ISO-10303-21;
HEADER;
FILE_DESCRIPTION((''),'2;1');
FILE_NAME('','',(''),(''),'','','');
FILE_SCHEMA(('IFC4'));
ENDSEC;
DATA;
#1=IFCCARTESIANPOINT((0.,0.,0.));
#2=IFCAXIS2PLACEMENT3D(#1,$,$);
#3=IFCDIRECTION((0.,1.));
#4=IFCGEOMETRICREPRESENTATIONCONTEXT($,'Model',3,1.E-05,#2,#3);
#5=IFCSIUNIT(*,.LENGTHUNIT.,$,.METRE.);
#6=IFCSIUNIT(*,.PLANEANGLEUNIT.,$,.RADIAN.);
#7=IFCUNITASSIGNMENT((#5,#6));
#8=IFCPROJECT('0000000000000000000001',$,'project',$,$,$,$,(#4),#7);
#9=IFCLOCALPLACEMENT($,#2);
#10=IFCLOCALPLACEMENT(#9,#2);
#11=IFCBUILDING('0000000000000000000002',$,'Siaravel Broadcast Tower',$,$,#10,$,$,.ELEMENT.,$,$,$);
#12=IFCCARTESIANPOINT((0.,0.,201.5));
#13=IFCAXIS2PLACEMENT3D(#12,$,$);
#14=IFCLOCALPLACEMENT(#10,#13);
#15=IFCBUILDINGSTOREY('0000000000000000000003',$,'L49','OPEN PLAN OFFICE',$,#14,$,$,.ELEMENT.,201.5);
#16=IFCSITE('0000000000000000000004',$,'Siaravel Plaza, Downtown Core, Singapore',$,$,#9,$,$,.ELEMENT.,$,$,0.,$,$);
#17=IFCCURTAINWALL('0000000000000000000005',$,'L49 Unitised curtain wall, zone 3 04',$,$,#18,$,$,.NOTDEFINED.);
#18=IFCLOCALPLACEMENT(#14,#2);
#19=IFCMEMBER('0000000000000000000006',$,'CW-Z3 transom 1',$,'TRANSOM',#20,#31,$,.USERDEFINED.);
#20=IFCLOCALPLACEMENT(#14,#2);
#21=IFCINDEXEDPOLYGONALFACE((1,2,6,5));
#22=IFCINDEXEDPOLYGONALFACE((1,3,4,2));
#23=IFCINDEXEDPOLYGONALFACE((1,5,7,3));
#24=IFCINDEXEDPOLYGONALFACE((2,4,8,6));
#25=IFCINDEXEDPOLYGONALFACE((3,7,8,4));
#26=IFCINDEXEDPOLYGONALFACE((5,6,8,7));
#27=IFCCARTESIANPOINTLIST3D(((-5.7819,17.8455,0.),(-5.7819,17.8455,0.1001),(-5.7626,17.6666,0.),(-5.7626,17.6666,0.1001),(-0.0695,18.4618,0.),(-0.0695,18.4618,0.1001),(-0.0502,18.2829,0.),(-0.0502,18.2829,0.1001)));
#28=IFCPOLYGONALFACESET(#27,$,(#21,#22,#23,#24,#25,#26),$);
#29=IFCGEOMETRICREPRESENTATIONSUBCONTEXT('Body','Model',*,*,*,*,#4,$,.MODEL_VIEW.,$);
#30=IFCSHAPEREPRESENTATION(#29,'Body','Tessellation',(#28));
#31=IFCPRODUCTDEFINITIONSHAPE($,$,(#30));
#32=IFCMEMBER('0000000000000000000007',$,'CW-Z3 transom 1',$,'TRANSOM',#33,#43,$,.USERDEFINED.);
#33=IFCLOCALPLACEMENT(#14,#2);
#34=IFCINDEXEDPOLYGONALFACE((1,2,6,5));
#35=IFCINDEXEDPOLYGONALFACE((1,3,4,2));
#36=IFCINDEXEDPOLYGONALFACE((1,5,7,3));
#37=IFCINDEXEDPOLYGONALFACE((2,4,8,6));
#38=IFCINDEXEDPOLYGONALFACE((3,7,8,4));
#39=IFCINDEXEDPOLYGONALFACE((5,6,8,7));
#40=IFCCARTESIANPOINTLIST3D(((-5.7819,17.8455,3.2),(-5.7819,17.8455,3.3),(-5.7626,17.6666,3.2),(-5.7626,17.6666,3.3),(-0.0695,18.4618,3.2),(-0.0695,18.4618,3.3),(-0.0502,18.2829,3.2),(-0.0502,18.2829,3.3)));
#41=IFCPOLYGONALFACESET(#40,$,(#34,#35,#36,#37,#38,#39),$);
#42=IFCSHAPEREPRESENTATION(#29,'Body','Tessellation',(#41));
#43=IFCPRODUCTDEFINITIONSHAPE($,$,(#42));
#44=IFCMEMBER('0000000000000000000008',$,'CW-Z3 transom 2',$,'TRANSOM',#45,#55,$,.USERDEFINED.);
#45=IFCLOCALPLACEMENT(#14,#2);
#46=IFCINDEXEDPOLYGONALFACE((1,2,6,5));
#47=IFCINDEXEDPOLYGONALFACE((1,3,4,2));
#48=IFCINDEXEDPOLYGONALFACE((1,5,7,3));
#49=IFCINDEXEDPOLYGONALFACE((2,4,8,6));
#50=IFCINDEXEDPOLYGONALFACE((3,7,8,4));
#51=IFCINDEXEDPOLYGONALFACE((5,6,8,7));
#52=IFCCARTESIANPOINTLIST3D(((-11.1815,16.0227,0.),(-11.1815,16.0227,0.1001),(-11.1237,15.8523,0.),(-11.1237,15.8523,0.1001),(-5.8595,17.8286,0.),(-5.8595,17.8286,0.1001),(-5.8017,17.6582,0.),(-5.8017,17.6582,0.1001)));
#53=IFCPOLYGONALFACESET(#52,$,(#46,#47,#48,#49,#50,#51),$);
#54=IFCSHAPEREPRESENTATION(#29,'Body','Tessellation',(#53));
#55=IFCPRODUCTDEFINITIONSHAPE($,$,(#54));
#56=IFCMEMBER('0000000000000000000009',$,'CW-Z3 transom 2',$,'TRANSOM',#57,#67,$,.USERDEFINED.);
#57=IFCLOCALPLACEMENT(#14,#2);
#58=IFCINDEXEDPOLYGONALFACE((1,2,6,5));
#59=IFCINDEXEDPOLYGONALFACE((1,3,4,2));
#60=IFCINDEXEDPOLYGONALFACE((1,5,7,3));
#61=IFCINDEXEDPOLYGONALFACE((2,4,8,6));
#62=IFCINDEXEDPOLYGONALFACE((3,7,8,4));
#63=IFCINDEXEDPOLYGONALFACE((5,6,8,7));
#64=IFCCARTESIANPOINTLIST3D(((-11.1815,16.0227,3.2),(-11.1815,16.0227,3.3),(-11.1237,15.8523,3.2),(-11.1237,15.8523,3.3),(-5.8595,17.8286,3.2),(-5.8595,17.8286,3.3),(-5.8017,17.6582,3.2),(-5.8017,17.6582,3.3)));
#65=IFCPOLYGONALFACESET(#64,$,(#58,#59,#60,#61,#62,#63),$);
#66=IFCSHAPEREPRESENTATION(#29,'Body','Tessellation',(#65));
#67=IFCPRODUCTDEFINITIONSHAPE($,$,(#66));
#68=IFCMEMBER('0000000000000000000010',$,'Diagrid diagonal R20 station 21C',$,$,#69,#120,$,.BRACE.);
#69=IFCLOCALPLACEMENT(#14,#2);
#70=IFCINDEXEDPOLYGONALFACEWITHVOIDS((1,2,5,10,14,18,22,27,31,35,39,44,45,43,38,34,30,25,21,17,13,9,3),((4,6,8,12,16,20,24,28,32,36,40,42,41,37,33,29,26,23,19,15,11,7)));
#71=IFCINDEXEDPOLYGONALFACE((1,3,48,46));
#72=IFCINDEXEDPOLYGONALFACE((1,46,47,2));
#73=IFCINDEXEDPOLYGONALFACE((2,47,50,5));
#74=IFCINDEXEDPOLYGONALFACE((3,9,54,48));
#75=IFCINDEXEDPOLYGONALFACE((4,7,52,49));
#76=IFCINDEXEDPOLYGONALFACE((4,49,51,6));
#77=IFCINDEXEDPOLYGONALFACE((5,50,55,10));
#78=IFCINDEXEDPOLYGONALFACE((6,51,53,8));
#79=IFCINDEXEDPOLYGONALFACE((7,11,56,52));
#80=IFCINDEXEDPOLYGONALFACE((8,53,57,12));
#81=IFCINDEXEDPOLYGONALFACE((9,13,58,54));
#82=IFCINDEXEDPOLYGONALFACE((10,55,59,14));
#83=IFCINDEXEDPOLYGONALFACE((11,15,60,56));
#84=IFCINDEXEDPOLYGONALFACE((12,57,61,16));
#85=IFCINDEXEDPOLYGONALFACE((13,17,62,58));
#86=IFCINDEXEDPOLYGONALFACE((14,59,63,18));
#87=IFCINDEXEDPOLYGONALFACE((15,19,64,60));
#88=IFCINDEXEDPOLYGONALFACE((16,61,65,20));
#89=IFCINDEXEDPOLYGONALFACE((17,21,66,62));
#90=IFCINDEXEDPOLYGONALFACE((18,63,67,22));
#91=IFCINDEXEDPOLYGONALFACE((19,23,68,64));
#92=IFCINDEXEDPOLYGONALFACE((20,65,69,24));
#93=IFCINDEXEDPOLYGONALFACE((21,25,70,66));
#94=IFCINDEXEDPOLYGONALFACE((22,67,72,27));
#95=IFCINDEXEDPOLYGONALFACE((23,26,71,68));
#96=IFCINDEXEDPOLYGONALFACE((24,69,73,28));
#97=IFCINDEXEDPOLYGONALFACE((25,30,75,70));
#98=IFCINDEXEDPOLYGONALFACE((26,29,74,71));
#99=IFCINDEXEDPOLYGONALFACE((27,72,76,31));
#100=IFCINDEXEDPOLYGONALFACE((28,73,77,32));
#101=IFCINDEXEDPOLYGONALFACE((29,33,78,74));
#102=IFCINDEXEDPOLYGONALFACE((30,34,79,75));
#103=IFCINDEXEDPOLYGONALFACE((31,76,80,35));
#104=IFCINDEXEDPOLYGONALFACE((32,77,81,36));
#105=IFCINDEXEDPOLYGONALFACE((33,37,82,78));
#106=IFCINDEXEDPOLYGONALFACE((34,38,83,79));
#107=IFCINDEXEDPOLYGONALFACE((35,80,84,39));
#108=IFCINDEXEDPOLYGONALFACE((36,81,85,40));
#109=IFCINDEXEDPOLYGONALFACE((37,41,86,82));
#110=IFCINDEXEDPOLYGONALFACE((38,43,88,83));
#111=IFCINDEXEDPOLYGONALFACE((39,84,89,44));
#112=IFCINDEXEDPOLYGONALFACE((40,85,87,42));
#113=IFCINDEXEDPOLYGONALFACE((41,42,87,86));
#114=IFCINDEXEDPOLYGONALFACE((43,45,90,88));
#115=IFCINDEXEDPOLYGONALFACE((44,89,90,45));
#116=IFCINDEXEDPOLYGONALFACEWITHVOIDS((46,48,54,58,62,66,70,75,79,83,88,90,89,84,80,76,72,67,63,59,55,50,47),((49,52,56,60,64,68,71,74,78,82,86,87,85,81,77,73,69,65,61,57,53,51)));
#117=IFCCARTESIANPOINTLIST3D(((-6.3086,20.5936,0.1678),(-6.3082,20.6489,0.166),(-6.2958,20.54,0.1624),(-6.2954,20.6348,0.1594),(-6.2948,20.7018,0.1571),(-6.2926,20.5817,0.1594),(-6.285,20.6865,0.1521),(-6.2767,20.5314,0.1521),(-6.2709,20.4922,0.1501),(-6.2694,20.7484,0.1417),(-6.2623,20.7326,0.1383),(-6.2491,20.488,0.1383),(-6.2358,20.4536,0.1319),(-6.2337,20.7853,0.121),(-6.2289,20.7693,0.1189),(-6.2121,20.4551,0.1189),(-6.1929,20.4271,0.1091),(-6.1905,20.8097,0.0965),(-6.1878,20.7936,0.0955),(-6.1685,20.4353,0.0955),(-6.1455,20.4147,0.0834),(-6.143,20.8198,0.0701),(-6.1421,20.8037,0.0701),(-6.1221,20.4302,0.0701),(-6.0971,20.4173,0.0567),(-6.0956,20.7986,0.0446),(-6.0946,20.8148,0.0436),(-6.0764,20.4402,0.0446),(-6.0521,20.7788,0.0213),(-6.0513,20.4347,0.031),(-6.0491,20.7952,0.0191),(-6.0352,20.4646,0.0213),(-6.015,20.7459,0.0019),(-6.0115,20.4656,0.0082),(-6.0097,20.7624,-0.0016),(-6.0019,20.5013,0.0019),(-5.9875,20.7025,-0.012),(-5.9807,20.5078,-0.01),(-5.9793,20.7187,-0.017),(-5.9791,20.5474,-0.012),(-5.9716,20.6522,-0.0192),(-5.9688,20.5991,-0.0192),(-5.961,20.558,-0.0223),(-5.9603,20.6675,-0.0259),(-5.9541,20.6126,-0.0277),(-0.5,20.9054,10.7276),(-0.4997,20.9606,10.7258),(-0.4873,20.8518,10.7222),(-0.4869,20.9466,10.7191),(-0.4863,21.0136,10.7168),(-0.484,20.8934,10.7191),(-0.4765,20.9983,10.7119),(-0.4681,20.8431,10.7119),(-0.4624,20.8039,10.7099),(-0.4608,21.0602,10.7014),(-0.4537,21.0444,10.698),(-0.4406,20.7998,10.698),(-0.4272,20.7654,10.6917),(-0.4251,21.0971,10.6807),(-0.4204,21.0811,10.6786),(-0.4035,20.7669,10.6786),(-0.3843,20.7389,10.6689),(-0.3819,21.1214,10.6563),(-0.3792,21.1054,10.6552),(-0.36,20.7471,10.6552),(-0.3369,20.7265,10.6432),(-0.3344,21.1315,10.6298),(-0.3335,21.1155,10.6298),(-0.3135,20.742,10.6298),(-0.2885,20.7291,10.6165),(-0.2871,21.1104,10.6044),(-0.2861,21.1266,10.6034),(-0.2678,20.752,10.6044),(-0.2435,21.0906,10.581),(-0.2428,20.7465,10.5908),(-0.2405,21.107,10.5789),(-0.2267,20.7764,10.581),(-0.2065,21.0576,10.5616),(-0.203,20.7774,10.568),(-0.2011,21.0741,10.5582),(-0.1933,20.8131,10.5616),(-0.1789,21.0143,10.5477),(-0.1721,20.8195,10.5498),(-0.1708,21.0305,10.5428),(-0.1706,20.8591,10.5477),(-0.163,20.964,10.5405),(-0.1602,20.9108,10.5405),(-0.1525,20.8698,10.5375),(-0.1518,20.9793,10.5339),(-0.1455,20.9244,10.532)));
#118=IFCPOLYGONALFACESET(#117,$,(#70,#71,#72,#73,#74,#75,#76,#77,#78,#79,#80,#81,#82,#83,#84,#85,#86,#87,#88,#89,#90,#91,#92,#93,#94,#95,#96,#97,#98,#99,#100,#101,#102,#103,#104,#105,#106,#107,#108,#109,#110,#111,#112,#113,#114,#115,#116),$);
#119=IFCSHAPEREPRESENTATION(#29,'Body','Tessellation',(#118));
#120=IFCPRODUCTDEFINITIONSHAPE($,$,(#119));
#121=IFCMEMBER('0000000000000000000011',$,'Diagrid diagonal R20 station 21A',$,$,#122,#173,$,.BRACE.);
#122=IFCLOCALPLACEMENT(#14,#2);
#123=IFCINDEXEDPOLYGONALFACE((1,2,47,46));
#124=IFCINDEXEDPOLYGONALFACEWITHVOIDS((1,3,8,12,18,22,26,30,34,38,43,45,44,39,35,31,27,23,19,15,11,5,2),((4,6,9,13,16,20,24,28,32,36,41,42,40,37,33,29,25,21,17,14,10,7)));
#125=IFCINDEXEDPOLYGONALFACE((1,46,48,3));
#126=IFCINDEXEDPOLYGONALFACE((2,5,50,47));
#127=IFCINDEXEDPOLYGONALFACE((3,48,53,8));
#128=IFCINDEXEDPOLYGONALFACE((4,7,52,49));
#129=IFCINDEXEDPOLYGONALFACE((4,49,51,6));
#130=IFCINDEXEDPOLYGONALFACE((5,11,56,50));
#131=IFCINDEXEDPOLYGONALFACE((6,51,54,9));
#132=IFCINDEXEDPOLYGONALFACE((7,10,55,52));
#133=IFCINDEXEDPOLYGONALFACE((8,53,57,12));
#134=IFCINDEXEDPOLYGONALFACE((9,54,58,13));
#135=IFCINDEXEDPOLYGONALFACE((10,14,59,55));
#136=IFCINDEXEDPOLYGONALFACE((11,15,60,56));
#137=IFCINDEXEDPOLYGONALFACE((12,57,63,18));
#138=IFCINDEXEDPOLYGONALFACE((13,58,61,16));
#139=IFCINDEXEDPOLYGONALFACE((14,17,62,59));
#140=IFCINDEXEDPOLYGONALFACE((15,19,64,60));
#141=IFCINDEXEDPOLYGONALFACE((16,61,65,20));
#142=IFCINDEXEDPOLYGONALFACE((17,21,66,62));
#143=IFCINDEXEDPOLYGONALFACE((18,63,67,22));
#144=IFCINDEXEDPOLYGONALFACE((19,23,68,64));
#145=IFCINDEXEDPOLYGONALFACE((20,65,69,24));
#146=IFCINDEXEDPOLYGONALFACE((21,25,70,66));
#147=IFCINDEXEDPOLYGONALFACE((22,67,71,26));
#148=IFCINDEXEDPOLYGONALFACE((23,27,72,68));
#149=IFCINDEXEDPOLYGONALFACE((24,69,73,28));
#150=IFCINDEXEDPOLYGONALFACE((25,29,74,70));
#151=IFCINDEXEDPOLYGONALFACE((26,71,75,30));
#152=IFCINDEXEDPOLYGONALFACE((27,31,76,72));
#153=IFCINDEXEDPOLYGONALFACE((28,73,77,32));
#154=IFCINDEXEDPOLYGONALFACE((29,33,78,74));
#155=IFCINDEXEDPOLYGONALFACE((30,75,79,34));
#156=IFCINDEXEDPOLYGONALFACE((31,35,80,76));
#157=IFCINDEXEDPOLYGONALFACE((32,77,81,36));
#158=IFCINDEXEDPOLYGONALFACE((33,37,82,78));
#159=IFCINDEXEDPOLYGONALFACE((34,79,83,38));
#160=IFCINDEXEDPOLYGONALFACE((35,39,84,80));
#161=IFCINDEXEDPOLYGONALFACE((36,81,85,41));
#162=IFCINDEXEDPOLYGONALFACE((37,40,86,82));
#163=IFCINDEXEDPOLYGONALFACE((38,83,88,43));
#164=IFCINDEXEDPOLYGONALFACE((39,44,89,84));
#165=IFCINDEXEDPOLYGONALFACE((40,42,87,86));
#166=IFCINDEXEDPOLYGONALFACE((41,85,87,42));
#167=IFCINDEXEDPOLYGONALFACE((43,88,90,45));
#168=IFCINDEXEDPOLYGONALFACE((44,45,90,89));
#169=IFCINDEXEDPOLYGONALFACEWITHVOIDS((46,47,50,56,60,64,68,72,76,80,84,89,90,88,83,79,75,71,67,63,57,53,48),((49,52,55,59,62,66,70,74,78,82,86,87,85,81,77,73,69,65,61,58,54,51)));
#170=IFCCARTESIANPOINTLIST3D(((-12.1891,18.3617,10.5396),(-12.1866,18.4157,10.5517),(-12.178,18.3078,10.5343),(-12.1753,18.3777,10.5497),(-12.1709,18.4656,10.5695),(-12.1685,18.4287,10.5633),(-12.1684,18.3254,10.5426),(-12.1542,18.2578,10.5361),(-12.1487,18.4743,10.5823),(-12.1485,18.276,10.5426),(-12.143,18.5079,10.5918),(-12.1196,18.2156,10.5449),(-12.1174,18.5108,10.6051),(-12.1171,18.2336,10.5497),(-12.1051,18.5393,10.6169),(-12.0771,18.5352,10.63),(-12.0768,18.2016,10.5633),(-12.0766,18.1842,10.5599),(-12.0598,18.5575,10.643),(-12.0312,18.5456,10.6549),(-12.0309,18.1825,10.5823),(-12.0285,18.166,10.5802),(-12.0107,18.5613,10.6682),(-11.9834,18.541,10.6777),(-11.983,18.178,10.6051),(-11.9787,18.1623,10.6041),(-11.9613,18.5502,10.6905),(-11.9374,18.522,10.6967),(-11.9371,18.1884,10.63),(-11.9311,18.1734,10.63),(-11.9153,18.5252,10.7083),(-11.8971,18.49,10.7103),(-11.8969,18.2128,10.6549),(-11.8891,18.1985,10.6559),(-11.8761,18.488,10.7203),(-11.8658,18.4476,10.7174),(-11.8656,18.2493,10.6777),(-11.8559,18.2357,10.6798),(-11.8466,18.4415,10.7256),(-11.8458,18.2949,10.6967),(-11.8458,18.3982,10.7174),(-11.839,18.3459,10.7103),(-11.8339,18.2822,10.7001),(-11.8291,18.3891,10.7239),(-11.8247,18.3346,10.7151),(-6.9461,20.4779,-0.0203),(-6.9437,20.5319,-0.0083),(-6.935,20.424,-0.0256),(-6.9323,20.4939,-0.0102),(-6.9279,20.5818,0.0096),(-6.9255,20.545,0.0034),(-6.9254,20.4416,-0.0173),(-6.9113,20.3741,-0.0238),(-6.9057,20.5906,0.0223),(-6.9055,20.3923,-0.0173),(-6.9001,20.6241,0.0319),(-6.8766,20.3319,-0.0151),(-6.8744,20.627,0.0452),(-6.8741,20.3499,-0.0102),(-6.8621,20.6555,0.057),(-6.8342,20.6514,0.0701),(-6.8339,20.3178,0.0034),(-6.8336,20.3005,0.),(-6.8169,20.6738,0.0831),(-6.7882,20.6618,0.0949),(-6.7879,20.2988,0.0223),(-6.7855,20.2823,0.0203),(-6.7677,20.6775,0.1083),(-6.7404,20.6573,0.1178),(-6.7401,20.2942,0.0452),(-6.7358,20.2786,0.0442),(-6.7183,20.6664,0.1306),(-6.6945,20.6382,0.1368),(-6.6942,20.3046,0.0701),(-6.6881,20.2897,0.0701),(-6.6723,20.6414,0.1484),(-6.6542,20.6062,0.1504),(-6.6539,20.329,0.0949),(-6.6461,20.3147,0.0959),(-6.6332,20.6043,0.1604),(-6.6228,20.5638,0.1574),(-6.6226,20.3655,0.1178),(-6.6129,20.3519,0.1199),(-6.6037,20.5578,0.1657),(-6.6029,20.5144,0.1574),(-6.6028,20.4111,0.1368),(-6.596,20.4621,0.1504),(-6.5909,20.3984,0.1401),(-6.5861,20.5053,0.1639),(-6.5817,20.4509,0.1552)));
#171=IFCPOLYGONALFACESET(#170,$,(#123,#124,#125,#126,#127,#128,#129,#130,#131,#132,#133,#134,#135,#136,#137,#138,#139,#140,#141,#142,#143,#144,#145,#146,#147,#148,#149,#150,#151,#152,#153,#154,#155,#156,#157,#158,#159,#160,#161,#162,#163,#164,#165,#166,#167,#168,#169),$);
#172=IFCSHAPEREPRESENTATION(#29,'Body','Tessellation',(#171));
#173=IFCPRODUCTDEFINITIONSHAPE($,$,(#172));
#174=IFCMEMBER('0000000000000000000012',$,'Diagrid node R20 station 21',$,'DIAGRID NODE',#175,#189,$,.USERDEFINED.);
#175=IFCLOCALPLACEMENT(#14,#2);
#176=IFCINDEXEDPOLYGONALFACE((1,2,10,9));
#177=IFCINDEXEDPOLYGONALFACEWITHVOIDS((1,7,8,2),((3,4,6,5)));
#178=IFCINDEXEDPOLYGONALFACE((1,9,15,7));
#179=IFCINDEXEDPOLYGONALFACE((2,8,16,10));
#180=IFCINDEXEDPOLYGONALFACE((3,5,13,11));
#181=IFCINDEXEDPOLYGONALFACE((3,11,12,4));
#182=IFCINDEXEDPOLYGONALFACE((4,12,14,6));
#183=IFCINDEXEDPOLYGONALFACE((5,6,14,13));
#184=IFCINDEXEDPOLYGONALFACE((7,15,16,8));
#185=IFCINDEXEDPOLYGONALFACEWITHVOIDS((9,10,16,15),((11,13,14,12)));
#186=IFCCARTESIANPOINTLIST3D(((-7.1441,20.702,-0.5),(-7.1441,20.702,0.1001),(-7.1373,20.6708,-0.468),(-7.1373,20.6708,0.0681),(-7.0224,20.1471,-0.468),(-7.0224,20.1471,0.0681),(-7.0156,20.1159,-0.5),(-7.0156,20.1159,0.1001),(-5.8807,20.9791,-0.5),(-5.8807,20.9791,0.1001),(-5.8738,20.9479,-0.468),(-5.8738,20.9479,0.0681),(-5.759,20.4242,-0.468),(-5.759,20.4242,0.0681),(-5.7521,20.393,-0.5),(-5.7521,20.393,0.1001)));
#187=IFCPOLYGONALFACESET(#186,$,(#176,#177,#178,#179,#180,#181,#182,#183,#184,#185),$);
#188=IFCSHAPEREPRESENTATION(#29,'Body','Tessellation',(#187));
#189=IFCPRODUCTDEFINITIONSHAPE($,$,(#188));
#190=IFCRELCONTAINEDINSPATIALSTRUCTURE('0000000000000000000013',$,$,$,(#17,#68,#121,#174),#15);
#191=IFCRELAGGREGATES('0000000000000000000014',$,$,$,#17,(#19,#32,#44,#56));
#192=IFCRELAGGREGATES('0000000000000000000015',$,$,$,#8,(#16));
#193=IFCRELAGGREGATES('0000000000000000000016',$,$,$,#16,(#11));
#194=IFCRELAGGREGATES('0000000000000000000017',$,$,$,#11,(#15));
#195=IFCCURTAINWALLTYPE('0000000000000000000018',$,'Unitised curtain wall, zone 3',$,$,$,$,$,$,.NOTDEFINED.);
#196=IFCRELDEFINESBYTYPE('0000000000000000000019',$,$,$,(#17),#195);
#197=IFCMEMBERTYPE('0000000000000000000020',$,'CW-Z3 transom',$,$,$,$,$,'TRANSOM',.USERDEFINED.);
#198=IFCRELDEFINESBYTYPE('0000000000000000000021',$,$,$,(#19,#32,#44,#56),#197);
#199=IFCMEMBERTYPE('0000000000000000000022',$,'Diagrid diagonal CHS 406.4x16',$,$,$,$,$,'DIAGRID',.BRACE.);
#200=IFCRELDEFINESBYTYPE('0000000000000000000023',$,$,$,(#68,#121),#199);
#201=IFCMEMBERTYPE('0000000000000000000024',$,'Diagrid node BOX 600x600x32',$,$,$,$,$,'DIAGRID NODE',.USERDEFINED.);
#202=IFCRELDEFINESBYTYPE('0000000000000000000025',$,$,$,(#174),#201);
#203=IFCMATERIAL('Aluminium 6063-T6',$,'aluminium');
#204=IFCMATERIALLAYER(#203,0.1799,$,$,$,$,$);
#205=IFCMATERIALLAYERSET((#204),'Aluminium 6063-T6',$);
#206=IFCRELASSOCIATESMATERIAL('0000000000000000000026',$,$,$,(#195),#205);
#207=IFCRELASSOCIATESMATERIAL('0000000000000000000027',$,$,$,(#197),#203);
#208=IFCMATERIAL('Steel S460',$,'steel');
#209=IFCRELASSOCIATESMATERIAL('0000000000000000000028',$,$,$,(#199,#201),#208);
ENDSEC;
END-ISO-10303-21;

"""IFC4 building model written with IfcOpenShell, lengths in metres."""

from ifc_helpers import new_model, si_unit, direction, frame, origin, origin_2d, place, context, subcontext, project, spatial, rectangle, hollow_rectangle, hollow_circle, extrude, material, layer, layer_set, material_profile, profile_set, type_object, element, aggregate, save


model = new_model("IFC4")

# Units and contexts
model_context = context("Model", 3, precision=1e-05, world=origin(), true_north=direction((0.0, 1.0)))
body_context = subcontext(model_context, "Body", "Model", "MODEL_VIEW")
ifc_project = project(units=[si_unit("LENGTHUNIT", "METRE"), si_unit("PLANEANGLEUNIT", "RADIAN")], contexts=[model_context])

# Site, building, storey
site_placement = place(None, origin())
site = spatial("IfcSite", under=ifc_project, at=site_placement, Name="Siaravel Plaza, Downtown Core, Singapore", CompositionType="ELEMENT", RefElevation=0.0)
building_placement = place(site_placement, origin())
building = spatial("IfcBuilding", under=site, at=building_placement, Name="Siaravel Broadcast Tower", CompositionType="ELEMENT")
storey_placement = place(building_placement, frame((0.0, 0.0, 201.5)))
storey = spatial("IfcBuildingStorey", under=building, at=storey_placement, Name="L49", Description="OPEN PLAN OFFICE", CompositionType="ELEMENT", Elevation=201.5)

# Curtain wall, members
ifc_material_1 = material(Name="Aluminium 6063-T6", Category="aluminium")
ifc_layer_1 = layer(ifc_material_1, 0.1799)
ifc_layer_set_1 = layer_set([ifc_layer_1], Name="Aluminium 6063-T6")
curtain_wall_type = type_object("IfcCurtainWallType", Name="Unitised curtain wall, zone 3", PredefinedType="NOTDEFINED", material=ifc_layer_set_1)
curtain_wall_placement = place(storey_placement, origin())
curtain_wall = element("IfcCurtainWall", 1, at=curtain_wall_placement, inside=storey, type_object=curtain_wall_type, Name="L49 Unitised curtain wall, zone 3 04", PredefinedType="NOTDEFINED")
ifc_material_profile_1 = material_profile(ifc_material_1, rectangle(XDim=0.1799, YDim=0.1001, at=origin_2d()))
ifc_profile_set_1 = profile_set([ifc_material_profile_1], Name="Aluminium 6063-T6")
member_type_1 = type_object("IfcMemberType", Name="CW-Z3 transom", ElementType="TRANSOM", PredefinedType="USERDEFINED", material=ifc_profile_set_1)
member_1_placement = place(storey_placement, frame((-0.0598, 18.3723, 0.05), z_axis=(-0.994232, -0.10725, 0.0), x_axis=(0.10725, -0.994232, 0.0)))
member_1 = element("IfcMember", 2, at=member_1_placement, type_object=member_type_1, Name="CW-Z3 transom 1", ObjectType="TRANSOM", PredefinedType="USERDEFINED", context=body_context, shape_type="SweptSolid", body=[
    extrude(rectangle(XDim=0.1799, YDim=0.1001, at=origin_2d()), origin(), (0.0, 0.0, 1.0), 5.7456),
])
member_2_placement = place(storey_placement, frame((-0.0598, 18.3723, 3.25), z_axis=(-0.994232, -0.10725, 0.0), x_axis=(0.10725, -0.994232, 0.0)))
member_2 = element("IfcMember", 3, at=member_2_placement, type_object=member_type_1, Name="CW-Z3 transom 1", ObjectType="TRANSOM", PredefinedType="USERDEFINED", context=body_context, shape_type="SweptSolid", body=[
    extrude(rectangle(XDim=0.1799, YDim=0.1001, at=origin_2d()), origin(), (0.0, 0.0, 1.0), 5.7456),
])
member_3_placement = place(storey_placement, frame((-5.8306, 17.7434, 0.05), z_axis=(-0.946967, -0.321332, 0.0), x_axis=(0.321332, -0.946967, 0.0)))
member_3 = element("IfcMember", 4, at=member_3_placement, type_object=member_type_1, Name="CW-Z3 transom 2", ObjectType="TRANSOM", PredefinedType="USERDEFINED", context=body_context, shape_type="SweptSolid", body=[
    extrude(rectangle(XDim=0.1799, YDim=0.1001, at=origin_2d()), origin(), (0.0, 0.0, 1.0), 5.6201),
])
member_4_placement = place(storey_placement, frame((-5.8306, 17.7434, 3.25), z_axis=(-0.946967, -0.321332, 0.0), x_axis=(0.321332, -0.946967, 0.0)))
member_4 = element("IfcMember", 5, at=member_4_placement, type_object=member_type_1, Name="CW-Z3 transom 2", ObjectType="TRANSOM", PredefinedType="USERDEFINED", context=body_context, shape_type="SweptSolid", body=[
    extrude(rectangle(XDim=0.1799, YDim=0.1001, at=origin_2d()), origin(), (0.0, 0.0, 1.0), 5.6201),
])

# Members
ifc_material_2 = material(Name="Steel S460", Category="steel")
ifc_material_profile_2 = material_profile(ifc_material_2, hollow_circle(Radius=0.2031, WallThickness=0.0161, at=origin_2d()))
ifc_profile_set_2 = profile_set([ifc_material_profile_2], Name="Steel S460")
member_type_2 = type_object("IfcMemberType", Name="Diagrid diagonal CHS 406.4x16", ElementType="DIAGRID", PredefinedType="BRACE", material=ifc_profile_set_2)
member_5_placement = place(storey_placement, frame((-6.1321, 20.6169, 0.0701), z_axis=(0.481802, 0.02586, 0.875899), x_axis=(-0.053596, 0.998563, 0.0)))
element("IfcMember", 6, at=member_5_placement, inside=storey, type_object=member_type_2, Name="Diagrid diagonal R20 station 21C", PredefinedType="BRACE", context=body_context, shape_type="SweptSolid", body=[
    extrude(hollow_circle(Radius=0.2031, WallThickness=0.0161, at=origin_2d()), origin(), (0.0, 0.0, 1.0), 12.0559),
])
member_6_placement = place(storey_placement, frame((-6.7642, 20.478, 0.0701), z_axis=(-0.437707, -0.176673, 0.881589), x_axis=(0.374292, -0.927311, 0.0)))
element("IfcMember", 7, at=member_6_placement, inside=storey, type_object=member_type_2, Name="Diagrid diagonal R20 station 21A", PredefinedType="BRACE", context=body_context, shape_type="SweptSolid", body=[
    extrude(hollow_circle(Radius=0.2031, WallThickness=0.0161, at=origin_2d()), origin(), (0.0, 0.0, 1.0), 11.9783),
])
ifc_material_profile_3 = material_profile(ifc_material_2, hollow_rectangle(XDim=0.6001, YDim=0.6001, WallThickness=0.032, at=origin_2d()))
ifc_profile_set_3 = profile_set([ifc_material_profile_3], Name="Steel S460")
member_type_3 = type_object("IfcMemberType", Name="Diagrid node BOX 600x600x32", ElementType="DIAGRID NODE", PredefinedType="USERDEFINED", material=ifc_profile_set_3)
member_7_placement = place(storey_placement, frame((-5.8164, 20.686, -0.2), z_axis=(-0.976783, -0.214232, 0.0), x_axis=(0.214232, -0.976783, 0.0)))
element("IfcMember", 8, at=member_7_placement, inside=storey, type_object=member_type_3, Name="Diagrid node R20 station 21", ObjectType="DIAGRID NODE", PredefinedType="USERDEFINED", context=body_context, shape_type="SweptSolid", body=[
    extrude(hollow_rectangle(XDim=0.6001, YDim=0.6001, WallThickness=0.032, at=origin_2d()), origin(), (0.0, 0.0, 1.0), 1.2935),
])

aggregate(curtain_wall, [member_1, member_2, member_3, member_4])

save(model, "model.ifc")
